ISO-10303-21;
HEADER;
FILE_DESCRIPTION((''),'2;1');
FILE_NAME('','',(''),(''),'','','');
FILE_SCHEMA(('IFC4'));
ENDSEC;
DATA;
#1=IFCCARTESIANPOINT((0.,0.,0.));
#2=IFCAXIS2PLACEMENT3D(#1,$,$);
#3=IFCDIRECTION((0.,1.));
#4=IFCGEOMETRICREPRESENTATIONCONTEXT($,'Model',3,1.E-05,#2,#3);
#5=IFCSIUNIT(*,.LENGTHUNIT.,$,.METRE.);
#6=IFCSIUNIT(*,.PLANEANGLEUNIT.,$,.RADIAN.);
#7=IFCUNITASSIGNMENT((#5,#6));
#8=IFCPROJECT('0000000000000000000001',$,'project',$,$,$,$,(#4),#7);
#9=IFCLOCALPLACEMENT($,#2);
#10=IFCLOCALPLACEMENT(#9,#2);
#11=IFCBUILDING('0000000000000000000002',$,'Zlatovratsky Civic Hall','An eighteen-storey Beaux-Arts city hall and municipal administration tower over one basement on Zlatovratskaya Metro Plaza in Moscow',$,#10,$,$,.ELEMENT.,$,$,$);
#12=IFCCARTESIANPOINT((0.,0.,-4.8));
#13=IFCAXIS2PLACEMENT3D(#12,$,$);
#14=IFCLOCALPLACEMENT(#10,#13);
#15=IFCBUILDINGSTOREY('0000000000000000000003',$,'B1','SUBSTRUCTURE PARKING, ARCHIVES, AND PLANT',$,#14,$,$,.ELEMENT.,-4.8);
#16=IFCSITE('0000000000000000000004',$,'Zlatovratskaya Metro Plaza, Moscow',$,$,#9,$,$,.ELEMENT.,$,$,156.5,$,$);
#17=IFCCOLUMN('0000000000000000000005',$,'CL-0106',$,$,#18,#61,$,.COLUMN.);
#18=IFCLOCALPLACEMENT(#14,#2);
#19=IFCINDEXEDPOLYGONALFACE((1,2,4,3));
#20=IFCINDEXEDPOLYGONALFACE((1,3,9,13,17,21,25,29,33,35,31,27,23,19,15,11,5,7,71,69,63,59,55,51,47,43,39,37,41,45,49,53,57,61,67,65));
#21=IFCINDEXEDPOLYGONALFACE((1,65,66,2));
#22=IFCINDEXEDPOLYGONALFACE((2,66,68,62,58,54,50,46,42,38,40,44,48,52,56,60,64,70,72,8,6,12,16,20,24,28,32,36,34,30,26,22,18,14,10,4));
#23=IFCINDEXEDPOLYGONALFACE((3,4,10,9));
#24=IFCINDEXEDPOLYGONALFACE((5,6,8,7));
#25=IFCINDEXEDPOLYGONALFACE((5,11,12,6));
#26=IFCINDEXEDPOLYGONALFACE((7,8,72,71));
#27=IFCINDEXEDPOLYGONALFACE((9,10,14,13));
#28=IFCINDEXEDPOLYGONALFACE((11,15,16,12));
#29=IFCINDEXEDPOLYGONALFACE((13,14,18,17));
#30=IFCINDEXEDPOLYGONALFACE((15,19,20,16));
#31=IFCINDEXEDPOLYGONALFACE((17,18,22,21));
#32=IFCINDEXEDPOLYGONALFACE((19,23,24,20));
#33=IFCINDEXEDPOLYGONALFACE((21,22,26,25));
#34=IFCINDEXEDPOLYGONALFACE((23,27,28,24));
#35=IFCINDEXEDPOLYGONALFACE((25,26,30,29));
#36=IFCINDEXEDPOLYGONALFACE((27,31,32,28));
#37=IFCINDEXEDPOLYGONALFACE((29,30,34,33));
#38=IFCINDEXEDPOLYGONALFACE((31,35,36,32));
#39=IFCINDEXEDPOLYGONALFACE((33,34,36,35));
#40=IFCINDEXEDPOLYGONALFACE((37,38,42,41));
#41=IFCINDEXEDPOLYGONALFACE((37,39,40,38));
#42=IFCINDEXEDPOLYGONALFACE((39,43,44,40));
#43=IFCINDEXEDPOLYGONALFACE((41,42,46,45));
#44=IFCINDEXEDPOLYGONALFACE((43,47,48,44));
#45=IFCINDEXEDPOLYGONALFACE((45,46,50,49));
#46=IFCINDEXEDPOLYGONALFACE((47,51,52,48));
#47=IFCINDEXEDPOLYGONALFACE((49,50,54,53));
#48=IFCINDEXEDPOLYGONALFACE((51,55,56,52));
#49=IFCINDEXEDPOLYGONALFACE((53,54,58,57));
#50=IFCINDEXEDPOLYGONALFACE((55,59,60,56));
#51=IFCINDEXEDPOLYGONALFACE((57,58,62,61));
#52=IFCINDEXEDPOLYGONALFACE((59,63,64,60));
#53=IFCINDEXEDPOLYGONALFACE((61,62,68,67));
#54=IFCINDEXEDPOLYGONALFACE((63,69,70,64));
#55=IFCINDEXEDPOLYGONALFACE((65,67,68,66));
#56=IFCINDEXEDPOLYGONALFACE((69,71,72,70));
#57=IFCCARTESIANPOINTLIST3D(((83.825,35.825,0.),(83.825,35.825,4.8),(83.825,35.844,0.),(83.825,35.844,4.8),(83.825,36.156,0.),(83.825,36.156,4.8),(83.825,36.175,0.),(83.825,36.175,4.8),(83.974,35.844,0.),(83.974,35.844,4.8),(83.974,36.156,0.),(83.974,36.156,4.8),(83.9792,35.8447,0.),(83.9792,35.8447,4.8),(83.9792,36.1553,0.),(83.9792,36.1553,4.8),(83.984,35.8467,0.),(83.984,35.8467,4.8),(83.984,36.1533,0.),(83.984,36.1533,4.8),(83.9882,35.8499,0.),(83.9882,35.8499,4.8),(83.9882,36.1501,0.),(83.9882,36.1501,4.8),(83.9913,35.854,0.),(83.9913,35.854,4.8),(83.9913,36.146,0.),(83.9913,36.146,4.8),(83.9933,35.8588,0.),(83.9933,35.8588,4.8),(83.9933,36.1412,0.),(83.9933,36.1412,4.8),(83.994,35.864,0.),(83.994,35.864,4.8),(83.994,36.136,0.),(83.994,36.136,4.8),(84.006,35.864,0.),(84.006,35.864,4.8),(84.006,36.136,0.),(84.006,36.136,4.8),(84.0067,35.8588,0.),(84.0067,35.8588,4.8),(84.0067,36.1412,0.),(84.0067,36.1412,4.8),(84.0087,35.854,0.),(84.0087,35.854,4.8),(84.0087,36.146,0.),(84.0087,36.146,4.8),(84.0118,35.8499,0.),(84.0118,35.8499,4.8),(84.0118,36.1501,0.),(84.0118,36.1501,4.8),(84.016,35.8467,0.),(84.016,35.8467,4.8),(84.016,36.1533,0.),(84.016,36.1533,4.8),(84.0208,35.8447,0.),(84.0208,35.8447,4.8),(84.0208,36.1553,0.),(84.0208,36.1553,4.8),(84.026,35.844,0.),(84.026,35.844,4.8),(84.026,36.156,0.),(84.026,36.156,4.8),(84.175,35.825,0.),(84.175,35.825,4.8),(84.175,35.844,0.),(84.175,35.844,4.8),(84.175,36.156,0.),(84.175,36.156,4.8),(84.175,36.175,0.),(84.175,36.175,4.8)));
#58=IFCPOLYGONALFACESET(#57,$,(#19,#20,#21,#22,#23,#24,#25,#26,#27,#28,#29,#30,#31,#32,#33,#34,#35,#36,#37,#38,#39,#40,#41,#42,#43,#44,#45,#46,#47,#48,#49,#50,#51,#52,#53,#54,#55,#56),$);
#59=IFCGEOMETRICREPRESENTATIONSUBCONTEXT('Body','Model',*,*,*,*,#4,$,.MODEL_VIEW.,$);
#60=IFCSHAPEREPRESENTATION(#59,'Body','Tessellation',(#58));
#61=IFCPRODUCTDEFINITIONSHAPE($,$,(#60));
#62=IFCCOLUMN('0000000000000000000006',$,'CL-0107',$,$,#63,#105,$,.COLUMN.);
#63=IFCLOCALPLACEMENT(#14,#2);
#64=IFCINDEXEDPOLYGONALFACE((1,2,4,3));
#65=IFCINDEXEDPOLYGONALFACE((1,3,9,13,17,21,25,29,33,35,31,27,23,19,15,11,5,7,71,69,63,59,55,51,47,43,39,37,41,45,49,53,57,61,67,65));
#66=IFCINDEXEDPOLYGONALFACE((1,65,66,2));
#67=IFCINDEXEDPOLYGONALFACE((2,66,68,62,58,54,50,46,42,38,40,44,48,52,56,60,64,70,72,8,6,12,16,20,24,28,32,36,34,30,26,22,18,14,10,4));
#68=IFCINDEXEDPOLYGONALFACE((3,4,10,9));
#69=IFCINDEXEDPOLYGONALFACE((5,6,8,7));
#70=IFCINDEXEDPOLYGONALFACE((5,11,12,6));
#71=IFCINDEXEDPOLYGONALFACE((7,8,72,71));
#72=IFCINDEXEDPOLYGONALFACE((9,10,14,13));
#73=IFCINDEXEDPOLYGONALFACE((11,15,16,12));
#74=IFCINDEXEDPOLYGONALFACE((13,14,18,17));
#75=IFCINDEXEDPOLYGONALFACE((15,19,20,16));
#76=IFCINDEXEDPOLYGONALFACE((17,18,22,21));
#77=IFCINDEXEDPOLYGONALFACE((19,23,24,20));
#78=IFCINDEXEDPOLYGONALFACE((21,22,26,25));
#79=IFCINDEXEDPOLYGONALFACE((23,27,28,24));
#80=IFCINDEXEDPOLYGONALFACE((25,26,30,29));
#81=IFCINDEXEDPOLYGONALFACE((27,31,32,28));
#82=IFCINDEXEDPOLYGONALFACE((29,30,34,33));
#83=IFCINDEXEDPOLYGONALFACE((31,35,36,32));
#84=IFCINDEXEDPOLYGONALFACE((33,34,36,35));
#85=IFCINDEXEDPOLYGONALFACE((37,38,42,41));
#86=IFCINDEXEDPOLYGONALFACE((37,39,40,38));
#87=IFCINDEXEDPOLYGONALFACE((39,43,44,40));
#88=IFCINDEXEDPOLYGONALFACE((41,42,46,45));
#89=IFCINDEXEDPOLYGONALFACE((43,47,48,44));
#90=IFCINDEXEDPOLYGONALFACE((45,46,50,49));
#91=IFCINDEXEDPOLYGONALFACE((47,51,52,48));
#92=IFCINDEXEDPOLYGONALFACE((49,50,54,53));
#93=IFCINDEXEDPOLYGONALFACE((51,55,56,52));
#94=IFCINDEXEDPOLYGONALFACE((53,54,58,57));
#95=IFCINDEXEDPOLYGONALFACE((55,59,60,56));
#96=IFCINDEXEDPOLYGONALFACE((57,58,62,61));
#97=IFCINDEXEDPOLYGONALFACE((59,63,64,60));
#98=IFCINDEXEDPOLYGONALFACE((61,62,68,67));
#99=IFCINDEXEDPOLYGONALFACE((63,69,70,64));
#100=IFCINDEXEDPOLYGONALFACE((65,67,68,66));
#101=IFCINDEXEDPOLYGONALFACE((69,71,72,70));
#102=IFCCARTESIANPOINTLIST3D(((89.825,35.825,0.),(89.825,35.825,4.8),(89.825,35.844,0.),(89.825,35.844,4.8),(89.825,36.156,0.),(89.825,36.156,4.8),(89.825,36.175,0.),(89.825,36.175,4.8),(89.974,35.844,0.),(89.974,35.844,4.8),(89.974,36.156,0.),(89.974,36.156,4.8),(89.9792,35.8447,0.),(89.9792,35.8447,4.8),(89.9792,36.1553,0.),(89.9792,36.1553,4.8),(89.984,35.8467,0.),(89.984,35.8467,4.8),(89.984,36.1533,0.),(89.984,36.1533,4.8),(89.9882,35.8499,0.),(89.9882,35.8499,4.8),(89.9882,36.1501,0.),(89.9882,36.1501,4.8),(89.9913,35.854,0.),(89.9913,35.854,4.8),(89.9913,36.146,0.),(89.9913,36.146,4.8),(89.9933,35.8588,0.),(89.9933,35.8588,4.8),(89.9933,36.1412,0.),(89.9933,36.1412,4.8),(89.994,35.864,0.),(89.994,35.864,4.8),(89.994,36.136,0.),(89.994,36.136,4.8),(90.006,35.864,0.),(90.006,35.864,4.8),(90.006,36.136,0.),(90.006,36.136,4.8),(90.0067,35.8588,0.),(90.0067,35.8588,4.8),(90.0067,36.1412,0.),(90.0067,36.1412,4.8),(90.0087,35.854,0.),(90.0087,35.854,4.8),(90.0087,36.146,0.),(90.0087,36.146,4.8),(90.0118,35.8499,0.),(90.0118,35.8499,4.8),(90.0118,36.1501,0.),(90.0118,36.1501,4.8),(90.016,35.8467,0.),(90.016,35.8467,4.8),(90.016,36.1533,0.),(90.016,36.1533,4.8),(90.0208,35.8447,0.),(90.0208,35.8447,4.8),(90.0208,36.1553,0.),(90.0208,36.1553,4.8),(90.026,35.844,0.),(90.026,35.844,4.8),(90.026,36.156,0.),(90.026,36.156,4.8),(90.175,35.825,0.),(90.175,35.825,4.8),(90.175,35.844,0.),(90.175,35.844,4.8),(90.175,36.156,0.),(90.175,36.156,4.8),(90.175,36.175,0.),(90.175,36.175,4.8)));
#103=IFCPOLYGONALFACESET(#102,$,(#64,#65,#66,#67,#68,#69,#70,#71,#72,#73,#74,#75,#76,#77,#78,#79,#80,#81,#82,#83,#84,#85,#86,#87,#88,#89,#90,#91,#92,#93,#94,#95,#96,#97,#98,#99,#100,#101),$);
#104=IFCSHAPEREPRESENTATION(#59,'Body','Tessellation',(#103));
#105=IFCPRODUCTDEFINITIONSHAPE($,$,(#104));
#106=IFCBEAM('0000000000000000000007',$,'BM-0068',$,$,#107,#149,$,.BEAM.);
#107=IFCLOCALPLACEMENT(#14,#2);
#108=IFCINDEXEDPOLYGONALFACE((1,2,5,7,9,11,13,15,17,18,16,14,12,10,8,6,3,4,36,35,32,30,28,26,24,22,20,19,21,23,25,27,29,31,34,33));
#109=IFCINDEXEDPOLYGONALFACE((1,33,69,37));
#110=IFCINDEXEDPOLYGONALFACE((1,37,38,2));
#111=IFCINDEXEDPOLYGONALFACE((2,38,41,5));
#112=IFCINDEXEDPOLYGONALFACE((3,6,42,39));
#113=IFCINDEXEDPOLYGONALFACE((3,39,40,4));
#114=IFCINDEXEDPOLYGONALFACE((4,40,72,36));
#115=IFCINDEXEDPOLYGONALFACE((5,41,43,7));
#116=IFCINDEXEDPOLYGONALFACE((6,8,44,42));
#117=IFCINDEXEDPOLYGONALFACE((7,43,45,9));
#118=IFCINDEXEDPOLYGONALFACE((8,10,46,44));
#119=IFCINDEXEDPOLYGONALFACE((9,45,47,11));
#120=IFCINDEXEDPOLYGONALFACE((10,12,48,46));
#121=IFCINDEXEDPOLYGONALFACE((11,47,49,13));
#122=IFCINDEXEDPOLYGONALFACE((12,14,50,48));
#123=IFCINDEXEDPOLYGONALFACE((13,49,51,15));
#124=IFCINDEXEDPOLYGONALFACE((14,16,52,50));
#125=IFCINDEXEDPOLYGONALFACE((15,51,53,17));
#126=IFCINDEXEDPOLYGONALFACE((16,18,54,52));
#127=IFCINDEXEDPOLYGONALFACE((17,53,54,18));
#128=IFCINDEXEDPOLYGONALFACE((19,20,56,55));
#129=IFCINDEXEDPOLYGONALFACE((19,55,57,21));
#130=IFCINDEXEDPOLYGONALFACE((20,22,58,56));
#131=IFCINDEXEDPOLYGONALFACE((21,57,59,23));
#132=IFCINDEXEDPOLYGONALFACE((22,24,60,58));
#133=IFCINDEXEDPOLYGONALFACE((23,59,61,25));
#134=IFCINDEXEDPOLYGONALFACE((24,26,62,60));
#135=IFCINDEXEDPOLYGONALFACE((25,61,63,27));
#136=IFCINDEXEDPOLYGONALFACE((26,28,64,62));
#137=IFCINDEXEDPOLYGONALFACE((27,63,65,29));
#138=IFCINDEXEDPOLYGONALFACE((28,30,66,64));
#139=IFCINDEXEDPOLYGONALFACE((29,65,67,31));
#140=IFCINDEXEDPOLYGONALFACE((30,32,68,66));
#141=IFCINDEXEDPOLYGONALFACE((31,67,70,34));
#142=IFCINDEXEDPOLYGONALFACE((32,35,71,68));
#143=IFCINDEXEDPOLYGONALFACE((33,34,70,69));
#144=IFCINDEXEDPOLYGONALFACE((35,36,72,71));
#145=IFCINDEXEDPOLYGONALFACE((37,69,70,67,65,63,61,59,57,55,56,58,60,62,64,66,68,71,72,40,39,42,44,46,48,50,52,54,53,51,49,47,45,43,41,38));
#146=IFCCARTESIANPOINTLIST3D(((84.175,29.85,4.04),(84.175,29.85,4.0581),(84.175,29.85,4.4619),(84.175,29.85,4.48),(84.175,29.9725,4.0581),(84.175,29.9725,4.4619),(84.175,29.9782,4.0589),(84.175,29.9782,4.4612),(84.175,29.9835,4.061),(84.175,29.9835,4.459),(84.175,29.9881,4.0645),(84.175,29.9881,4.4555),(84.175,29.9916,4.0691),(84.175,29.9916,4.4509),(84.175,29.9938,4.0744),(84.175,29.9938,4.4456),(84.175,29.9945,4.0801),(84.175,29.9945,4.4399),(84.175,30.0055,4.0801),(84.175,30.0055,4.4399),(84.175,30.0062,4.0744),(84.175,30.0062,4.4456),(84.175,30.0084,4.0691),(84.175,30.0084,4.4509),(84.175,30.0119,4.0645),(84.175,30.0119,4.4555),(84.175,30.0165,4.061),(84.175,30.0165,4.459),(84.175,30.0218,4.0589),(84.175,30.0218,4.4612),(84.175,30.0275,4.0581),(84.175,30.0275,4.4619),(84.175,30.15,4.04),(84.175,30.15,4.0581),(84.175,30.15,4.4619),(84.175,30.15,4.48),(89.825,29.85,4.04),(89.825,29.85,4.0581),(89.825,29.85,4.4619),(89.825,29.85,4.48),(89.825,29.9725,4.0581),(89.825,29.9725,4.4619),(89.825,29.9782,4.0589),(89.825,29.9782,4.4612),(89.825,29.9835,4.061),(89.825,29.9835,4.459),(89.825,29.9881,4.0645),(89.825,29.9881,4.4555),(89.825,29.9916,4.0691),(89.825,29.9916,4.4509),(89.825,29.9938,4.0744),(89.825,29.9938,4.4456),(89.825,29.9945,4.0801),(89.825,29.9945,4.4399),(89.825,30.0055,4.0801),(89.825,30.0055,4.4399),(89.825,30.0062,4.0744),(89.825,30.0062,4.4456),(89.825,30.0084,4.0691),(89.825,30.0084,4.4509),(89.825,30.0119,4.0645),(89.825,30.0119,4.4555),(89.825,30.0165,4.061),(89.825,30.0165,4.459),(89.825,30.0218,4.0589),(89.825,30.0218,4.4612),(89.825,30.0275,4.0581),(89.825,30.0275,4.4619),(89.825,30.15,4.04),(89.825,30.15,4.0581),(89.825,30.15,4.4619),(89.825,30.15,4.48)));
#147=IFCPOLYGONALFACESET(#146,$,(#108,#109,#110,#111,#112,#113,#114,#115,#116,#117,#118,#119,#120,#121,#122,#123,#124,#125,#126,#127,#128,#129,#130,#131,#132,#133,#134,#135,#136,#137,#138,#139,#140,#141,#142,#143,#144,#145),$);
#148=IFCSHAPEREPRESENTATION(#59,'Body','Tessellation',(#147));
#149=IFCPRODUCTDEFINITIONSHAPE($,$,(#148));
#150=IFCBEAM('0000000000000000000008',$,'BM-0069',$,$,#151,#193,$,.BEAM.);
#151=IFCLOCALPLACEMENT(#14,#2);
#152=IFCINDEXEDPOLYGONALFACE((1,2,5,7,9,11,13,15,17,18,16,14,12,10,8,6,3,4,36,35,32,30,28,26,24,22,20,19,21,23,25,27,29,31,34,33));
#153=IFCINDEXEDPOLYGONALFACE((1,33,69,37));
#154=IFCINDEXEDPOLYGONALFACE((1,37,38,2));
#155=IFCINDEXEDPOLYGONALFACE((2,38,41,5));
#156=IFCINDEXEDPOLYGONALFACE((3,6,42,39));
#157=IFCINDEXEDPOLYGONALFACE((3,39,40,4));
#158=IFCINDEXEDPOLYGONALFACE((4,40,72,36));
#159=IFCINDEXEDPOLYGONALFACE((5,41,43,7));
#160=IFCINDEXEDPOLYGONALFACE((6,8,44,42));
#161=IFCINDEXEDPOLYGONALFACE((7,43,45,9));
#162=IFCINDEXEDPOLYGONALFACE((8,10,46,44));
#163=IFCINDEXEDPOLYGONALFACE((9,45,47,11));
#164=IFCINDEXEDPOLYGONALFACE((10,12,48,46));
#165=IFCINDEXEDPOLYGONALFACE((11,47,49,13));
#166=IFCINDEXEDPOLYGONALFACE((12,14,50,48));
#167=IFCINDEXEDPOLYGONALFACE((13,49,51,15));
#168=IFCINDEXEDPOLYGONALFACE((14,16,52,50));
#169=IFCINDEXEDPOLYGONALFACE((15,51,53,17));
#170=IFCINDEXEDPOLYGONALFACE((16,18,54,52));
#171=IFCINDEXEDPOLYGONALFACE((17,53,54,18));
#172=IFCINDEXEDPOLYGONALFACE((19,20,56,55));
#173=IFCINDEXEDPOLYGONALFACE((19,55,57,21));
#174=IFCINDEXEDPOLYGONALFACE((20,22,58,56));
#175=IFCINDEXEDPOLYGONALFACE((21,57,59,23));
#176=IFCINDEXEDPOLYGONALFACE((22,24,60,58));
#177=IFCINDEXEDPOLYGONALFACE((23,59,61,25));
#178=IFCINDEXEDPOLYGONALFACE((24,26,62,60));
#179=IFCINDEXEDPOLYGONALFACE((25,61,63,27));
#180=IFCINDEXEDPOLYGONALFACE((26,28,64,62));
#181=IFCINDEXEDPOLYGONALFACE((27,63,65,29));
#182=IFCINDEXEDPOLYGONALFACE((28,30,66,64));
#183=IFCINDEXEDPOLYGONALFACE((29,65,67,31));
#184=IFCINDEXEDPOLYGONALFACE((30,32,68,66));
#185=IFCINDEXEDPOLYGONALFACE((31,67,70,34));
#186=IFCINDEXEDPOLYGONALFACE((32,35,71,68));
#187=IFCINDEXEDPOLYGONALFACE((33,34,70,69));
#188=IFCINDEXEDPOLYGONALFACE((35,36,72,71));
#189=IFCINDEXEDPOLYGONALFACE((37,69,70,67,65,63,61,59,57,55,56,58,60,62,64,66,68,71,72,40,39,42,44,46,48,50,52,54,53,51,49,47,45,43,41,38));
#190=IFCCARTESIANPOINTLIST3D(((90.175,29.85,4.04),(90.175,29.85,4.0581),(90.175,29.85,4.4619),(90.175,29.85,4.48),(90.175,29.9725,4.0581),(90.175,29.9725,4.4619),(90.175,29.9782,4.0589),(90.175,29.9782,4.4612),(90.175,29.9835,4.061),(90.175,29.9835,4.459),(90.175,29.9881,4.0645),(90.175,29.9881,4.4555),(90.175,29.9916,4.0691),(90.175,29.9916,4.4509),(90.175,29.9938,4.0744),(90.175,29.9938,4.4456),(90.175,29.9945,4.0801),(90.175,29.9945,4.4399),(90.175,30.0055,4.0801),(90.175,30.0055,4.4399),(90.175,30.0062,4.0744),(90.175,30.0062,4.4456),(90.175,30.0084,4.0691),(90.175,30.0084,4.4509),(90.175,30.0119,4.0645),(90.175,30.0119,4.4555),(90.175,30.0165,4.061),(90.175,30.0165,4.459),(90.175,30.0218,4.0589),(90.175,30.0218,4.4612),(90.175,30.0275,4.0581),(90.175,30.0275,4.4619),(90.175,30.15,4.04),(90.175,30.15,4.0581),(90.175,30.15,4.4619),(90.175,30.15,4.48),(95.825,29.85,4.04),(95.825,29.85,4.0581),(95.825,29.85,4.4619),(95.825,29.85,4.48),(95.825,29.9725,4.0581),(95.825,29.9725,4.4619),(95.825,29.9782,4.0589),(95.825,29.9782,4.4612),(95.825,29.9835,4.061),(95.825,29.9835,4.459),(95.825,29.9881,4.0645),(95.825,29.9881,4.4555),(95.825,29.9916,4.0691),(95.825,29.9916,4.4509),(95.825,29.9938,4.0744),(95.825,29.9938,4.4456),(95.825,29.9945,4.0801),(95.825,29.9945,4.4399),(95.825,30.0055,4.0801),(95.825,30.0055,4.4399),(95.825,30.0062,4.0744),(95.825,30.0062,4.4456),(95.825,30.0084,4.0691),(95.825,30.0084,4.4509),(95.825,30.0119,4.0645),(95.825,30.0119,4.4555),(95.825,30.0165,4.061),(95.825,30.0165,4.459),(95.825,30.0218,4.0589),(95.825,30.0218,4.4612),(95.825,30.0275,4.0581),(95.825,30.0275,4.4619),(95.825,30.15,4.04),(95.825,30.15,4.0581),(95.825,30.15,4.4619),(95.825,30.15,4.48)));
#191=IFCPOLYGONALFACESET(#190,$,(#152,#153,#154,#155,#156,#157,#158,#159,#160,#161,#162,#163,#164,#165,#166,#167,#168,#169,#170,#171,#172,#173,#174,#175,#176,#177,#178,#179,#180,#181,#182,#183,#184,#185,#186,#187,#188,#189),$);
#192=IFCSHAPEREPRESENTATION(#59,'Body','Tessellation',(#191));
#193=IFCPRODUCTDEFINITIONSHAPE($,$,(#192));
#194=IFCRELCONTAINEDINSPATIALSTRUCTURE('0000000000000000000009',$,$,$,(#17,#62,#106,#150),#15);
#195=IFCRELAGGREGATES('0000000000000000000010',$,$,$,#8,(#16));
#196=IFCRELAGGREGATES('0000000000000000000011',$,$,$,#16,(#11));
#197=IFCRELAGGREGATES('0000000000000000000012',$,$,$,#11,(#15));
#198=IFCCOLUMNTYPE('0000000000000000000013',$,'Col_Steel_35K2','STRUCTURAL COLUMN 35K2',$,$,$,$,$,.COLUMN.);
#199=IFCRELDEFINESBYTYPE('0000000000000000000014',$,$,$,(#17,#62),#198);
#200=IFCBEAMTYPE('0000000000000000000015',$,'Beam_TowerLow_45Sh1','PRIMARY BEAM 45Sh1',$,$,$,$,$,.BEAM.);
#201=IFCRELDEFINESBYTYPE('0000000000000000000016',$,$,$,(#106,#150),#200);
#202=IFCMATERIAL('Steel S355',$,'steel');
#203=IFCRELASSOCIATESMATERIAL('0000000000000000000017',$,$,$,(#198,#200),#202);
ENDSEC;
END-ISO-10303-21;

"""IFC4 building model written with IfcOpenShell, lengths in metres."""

from ifc_helpers import new_model, si_unit, direction, frame, origin, origin_2d, place, context, subcontext, project, spatial, i_section, extrude, material, material_profile, profile_set, type_object, element, save


model = new_model("IFC4")

# Units and contexts
model_context = context("Model", 3, precision=1e-05, world=origin(), true_north=direction((0.0, 1.0)))
body_context = subcontext(model_context, "Body", "Model", "MODEL_VIEW")
ifc_project = project(units=[si_unit("LENGTHUNIT", "METRE"), si_unit("PLANEANGLEUNIT", "RADIAN")], contexts=[model_context])

# Site, building, storey
site_placement = place(None, origin())
site = spatial("IfcSite", under=ifc_project, at=site_placement, Name="Zlatovratskaya Metro Plaza, Moscow", CompositionType="ELEMENT", RefElevation=156.5)
building_placement = place(site_placement, origin())
building = spatial("IfcBuilding", under=site, at=building_placement, Name="Zlatovratsky Civic Hall", Description="An eighteen-storey Beaux-Arts city hall and municipal administration tower over one basement on Zlatovratskaya Metro Plaza in Moscow", CompositionType="ELEMENT")
storey_placement = place(building_placement, frame((0.0, 0.0, -4.8)))
storey = spatial("IfcBuildingStorey", under=building, at=storey_placement, Name="B1", Description="SUBSTRUCTURE PARKING, ARCHIVES, AND PLANT", CompositionType="ELEMENT", Elevation=-4.8)

# Columns
ifc_material_1 = material(Name="Steel S355", Category="steel")
ifc_material_profile_1 = material_profile(ifc_material_1, i_section(OverallWidth=0.3501, OverallDepth=0.3501, WebThickness=0.012, FlangeThickness=0.019, FilletRadius=0.02, at=origin_2d()), Name="35K2")
ifc_profile_set_1 = profile_set([ifc_material_profile_1], Name="Steel S355")
column_type = type_object("IfcColumnType", Name="Col_Steel_35K2", Description="STRUCTURAL COLUMN 35K2", PredefinedType="COLUMN", material=ifc_profile_set_1)
for number, where, z_axis, x_axis, name in (
    (1, (84.0, 36.0, 0.0), (0.0, 0.0, 1.0), (1.0, 0.0, 0.0), "CL-0106"),
    (2, (90.0, 36.0, 0.0), (0.0, 0.0, 1.0), (1.0, 0.0, 0.0), "CL-0107"),
):
    element("IfcColumn", number, at=place(storey_placement, frame(where, z_axis=z_axis, x_axis=x_axis)), inside=storey, type_object=column_type, Name=name, PredefinedType="COLUMN", context=body_context, shape_type="SweptSolid", body=[
        extrude(i_section(OverallWidth=0.3501, OverallDepth=0.3501, WebThickness=0.012, FlangeThickness=0.019, FilletRadius=0.02, at=origin_2d()), origin(), (0.0, 0.0, 1.0), 4.8),
    ])

# Beams
ifc_material_profile_2 = material_profile(ifc_material_1, i_section(OverallWidth=0.3, OverallDepth=0.4399, WebThickness=0.011, FlangeThickness=0.0181, FilletRadius=0.022, at=origin_2d()), Name="45Sh1")
ifc_profile_set_2 = profile_set([ifc_material_profile_2], Name="Steel S355")
beam_type = type_object("IfcBeamType", Name="Beam_TowerLow_45Sh1", Description="PRIMARY BEAM 45Sh1", PredefinedType="BEAM", material=ifc_profile_set_2)
for number, where, z_axis, x_axis, name in (
    (3, (84.175, 30.0, 4.26), (1.0, 0.0, 0.0), (0.0, 1.0, 0.0), "BM-0068"),
    (4, (90.175, 30.0, 4.26), (1.0, 0.0, 0.0), (0.0, 1.0, 0.0), "BM-0069"),
):
    element("IfcBeam", number, at=place(storey_placement, frame(where, z_axis=z_axis, x_axis=x_axis)), inside=storey, type_object=beam_type, Name=name, PredefinedType="BEAM", context=body_context, shape_type="SweptSolid", body=[
        extrude(i_section(OverallWidth=0.3, OverallDepth=0.4399, WebThickness=0.011, FlangeThickness=0.0181, FilletRadius=0.022, at=origin_2d()), origin(), (0.0, 0.0, 1.0), 5.6499),
    ])

save(model, "model.ifc")
